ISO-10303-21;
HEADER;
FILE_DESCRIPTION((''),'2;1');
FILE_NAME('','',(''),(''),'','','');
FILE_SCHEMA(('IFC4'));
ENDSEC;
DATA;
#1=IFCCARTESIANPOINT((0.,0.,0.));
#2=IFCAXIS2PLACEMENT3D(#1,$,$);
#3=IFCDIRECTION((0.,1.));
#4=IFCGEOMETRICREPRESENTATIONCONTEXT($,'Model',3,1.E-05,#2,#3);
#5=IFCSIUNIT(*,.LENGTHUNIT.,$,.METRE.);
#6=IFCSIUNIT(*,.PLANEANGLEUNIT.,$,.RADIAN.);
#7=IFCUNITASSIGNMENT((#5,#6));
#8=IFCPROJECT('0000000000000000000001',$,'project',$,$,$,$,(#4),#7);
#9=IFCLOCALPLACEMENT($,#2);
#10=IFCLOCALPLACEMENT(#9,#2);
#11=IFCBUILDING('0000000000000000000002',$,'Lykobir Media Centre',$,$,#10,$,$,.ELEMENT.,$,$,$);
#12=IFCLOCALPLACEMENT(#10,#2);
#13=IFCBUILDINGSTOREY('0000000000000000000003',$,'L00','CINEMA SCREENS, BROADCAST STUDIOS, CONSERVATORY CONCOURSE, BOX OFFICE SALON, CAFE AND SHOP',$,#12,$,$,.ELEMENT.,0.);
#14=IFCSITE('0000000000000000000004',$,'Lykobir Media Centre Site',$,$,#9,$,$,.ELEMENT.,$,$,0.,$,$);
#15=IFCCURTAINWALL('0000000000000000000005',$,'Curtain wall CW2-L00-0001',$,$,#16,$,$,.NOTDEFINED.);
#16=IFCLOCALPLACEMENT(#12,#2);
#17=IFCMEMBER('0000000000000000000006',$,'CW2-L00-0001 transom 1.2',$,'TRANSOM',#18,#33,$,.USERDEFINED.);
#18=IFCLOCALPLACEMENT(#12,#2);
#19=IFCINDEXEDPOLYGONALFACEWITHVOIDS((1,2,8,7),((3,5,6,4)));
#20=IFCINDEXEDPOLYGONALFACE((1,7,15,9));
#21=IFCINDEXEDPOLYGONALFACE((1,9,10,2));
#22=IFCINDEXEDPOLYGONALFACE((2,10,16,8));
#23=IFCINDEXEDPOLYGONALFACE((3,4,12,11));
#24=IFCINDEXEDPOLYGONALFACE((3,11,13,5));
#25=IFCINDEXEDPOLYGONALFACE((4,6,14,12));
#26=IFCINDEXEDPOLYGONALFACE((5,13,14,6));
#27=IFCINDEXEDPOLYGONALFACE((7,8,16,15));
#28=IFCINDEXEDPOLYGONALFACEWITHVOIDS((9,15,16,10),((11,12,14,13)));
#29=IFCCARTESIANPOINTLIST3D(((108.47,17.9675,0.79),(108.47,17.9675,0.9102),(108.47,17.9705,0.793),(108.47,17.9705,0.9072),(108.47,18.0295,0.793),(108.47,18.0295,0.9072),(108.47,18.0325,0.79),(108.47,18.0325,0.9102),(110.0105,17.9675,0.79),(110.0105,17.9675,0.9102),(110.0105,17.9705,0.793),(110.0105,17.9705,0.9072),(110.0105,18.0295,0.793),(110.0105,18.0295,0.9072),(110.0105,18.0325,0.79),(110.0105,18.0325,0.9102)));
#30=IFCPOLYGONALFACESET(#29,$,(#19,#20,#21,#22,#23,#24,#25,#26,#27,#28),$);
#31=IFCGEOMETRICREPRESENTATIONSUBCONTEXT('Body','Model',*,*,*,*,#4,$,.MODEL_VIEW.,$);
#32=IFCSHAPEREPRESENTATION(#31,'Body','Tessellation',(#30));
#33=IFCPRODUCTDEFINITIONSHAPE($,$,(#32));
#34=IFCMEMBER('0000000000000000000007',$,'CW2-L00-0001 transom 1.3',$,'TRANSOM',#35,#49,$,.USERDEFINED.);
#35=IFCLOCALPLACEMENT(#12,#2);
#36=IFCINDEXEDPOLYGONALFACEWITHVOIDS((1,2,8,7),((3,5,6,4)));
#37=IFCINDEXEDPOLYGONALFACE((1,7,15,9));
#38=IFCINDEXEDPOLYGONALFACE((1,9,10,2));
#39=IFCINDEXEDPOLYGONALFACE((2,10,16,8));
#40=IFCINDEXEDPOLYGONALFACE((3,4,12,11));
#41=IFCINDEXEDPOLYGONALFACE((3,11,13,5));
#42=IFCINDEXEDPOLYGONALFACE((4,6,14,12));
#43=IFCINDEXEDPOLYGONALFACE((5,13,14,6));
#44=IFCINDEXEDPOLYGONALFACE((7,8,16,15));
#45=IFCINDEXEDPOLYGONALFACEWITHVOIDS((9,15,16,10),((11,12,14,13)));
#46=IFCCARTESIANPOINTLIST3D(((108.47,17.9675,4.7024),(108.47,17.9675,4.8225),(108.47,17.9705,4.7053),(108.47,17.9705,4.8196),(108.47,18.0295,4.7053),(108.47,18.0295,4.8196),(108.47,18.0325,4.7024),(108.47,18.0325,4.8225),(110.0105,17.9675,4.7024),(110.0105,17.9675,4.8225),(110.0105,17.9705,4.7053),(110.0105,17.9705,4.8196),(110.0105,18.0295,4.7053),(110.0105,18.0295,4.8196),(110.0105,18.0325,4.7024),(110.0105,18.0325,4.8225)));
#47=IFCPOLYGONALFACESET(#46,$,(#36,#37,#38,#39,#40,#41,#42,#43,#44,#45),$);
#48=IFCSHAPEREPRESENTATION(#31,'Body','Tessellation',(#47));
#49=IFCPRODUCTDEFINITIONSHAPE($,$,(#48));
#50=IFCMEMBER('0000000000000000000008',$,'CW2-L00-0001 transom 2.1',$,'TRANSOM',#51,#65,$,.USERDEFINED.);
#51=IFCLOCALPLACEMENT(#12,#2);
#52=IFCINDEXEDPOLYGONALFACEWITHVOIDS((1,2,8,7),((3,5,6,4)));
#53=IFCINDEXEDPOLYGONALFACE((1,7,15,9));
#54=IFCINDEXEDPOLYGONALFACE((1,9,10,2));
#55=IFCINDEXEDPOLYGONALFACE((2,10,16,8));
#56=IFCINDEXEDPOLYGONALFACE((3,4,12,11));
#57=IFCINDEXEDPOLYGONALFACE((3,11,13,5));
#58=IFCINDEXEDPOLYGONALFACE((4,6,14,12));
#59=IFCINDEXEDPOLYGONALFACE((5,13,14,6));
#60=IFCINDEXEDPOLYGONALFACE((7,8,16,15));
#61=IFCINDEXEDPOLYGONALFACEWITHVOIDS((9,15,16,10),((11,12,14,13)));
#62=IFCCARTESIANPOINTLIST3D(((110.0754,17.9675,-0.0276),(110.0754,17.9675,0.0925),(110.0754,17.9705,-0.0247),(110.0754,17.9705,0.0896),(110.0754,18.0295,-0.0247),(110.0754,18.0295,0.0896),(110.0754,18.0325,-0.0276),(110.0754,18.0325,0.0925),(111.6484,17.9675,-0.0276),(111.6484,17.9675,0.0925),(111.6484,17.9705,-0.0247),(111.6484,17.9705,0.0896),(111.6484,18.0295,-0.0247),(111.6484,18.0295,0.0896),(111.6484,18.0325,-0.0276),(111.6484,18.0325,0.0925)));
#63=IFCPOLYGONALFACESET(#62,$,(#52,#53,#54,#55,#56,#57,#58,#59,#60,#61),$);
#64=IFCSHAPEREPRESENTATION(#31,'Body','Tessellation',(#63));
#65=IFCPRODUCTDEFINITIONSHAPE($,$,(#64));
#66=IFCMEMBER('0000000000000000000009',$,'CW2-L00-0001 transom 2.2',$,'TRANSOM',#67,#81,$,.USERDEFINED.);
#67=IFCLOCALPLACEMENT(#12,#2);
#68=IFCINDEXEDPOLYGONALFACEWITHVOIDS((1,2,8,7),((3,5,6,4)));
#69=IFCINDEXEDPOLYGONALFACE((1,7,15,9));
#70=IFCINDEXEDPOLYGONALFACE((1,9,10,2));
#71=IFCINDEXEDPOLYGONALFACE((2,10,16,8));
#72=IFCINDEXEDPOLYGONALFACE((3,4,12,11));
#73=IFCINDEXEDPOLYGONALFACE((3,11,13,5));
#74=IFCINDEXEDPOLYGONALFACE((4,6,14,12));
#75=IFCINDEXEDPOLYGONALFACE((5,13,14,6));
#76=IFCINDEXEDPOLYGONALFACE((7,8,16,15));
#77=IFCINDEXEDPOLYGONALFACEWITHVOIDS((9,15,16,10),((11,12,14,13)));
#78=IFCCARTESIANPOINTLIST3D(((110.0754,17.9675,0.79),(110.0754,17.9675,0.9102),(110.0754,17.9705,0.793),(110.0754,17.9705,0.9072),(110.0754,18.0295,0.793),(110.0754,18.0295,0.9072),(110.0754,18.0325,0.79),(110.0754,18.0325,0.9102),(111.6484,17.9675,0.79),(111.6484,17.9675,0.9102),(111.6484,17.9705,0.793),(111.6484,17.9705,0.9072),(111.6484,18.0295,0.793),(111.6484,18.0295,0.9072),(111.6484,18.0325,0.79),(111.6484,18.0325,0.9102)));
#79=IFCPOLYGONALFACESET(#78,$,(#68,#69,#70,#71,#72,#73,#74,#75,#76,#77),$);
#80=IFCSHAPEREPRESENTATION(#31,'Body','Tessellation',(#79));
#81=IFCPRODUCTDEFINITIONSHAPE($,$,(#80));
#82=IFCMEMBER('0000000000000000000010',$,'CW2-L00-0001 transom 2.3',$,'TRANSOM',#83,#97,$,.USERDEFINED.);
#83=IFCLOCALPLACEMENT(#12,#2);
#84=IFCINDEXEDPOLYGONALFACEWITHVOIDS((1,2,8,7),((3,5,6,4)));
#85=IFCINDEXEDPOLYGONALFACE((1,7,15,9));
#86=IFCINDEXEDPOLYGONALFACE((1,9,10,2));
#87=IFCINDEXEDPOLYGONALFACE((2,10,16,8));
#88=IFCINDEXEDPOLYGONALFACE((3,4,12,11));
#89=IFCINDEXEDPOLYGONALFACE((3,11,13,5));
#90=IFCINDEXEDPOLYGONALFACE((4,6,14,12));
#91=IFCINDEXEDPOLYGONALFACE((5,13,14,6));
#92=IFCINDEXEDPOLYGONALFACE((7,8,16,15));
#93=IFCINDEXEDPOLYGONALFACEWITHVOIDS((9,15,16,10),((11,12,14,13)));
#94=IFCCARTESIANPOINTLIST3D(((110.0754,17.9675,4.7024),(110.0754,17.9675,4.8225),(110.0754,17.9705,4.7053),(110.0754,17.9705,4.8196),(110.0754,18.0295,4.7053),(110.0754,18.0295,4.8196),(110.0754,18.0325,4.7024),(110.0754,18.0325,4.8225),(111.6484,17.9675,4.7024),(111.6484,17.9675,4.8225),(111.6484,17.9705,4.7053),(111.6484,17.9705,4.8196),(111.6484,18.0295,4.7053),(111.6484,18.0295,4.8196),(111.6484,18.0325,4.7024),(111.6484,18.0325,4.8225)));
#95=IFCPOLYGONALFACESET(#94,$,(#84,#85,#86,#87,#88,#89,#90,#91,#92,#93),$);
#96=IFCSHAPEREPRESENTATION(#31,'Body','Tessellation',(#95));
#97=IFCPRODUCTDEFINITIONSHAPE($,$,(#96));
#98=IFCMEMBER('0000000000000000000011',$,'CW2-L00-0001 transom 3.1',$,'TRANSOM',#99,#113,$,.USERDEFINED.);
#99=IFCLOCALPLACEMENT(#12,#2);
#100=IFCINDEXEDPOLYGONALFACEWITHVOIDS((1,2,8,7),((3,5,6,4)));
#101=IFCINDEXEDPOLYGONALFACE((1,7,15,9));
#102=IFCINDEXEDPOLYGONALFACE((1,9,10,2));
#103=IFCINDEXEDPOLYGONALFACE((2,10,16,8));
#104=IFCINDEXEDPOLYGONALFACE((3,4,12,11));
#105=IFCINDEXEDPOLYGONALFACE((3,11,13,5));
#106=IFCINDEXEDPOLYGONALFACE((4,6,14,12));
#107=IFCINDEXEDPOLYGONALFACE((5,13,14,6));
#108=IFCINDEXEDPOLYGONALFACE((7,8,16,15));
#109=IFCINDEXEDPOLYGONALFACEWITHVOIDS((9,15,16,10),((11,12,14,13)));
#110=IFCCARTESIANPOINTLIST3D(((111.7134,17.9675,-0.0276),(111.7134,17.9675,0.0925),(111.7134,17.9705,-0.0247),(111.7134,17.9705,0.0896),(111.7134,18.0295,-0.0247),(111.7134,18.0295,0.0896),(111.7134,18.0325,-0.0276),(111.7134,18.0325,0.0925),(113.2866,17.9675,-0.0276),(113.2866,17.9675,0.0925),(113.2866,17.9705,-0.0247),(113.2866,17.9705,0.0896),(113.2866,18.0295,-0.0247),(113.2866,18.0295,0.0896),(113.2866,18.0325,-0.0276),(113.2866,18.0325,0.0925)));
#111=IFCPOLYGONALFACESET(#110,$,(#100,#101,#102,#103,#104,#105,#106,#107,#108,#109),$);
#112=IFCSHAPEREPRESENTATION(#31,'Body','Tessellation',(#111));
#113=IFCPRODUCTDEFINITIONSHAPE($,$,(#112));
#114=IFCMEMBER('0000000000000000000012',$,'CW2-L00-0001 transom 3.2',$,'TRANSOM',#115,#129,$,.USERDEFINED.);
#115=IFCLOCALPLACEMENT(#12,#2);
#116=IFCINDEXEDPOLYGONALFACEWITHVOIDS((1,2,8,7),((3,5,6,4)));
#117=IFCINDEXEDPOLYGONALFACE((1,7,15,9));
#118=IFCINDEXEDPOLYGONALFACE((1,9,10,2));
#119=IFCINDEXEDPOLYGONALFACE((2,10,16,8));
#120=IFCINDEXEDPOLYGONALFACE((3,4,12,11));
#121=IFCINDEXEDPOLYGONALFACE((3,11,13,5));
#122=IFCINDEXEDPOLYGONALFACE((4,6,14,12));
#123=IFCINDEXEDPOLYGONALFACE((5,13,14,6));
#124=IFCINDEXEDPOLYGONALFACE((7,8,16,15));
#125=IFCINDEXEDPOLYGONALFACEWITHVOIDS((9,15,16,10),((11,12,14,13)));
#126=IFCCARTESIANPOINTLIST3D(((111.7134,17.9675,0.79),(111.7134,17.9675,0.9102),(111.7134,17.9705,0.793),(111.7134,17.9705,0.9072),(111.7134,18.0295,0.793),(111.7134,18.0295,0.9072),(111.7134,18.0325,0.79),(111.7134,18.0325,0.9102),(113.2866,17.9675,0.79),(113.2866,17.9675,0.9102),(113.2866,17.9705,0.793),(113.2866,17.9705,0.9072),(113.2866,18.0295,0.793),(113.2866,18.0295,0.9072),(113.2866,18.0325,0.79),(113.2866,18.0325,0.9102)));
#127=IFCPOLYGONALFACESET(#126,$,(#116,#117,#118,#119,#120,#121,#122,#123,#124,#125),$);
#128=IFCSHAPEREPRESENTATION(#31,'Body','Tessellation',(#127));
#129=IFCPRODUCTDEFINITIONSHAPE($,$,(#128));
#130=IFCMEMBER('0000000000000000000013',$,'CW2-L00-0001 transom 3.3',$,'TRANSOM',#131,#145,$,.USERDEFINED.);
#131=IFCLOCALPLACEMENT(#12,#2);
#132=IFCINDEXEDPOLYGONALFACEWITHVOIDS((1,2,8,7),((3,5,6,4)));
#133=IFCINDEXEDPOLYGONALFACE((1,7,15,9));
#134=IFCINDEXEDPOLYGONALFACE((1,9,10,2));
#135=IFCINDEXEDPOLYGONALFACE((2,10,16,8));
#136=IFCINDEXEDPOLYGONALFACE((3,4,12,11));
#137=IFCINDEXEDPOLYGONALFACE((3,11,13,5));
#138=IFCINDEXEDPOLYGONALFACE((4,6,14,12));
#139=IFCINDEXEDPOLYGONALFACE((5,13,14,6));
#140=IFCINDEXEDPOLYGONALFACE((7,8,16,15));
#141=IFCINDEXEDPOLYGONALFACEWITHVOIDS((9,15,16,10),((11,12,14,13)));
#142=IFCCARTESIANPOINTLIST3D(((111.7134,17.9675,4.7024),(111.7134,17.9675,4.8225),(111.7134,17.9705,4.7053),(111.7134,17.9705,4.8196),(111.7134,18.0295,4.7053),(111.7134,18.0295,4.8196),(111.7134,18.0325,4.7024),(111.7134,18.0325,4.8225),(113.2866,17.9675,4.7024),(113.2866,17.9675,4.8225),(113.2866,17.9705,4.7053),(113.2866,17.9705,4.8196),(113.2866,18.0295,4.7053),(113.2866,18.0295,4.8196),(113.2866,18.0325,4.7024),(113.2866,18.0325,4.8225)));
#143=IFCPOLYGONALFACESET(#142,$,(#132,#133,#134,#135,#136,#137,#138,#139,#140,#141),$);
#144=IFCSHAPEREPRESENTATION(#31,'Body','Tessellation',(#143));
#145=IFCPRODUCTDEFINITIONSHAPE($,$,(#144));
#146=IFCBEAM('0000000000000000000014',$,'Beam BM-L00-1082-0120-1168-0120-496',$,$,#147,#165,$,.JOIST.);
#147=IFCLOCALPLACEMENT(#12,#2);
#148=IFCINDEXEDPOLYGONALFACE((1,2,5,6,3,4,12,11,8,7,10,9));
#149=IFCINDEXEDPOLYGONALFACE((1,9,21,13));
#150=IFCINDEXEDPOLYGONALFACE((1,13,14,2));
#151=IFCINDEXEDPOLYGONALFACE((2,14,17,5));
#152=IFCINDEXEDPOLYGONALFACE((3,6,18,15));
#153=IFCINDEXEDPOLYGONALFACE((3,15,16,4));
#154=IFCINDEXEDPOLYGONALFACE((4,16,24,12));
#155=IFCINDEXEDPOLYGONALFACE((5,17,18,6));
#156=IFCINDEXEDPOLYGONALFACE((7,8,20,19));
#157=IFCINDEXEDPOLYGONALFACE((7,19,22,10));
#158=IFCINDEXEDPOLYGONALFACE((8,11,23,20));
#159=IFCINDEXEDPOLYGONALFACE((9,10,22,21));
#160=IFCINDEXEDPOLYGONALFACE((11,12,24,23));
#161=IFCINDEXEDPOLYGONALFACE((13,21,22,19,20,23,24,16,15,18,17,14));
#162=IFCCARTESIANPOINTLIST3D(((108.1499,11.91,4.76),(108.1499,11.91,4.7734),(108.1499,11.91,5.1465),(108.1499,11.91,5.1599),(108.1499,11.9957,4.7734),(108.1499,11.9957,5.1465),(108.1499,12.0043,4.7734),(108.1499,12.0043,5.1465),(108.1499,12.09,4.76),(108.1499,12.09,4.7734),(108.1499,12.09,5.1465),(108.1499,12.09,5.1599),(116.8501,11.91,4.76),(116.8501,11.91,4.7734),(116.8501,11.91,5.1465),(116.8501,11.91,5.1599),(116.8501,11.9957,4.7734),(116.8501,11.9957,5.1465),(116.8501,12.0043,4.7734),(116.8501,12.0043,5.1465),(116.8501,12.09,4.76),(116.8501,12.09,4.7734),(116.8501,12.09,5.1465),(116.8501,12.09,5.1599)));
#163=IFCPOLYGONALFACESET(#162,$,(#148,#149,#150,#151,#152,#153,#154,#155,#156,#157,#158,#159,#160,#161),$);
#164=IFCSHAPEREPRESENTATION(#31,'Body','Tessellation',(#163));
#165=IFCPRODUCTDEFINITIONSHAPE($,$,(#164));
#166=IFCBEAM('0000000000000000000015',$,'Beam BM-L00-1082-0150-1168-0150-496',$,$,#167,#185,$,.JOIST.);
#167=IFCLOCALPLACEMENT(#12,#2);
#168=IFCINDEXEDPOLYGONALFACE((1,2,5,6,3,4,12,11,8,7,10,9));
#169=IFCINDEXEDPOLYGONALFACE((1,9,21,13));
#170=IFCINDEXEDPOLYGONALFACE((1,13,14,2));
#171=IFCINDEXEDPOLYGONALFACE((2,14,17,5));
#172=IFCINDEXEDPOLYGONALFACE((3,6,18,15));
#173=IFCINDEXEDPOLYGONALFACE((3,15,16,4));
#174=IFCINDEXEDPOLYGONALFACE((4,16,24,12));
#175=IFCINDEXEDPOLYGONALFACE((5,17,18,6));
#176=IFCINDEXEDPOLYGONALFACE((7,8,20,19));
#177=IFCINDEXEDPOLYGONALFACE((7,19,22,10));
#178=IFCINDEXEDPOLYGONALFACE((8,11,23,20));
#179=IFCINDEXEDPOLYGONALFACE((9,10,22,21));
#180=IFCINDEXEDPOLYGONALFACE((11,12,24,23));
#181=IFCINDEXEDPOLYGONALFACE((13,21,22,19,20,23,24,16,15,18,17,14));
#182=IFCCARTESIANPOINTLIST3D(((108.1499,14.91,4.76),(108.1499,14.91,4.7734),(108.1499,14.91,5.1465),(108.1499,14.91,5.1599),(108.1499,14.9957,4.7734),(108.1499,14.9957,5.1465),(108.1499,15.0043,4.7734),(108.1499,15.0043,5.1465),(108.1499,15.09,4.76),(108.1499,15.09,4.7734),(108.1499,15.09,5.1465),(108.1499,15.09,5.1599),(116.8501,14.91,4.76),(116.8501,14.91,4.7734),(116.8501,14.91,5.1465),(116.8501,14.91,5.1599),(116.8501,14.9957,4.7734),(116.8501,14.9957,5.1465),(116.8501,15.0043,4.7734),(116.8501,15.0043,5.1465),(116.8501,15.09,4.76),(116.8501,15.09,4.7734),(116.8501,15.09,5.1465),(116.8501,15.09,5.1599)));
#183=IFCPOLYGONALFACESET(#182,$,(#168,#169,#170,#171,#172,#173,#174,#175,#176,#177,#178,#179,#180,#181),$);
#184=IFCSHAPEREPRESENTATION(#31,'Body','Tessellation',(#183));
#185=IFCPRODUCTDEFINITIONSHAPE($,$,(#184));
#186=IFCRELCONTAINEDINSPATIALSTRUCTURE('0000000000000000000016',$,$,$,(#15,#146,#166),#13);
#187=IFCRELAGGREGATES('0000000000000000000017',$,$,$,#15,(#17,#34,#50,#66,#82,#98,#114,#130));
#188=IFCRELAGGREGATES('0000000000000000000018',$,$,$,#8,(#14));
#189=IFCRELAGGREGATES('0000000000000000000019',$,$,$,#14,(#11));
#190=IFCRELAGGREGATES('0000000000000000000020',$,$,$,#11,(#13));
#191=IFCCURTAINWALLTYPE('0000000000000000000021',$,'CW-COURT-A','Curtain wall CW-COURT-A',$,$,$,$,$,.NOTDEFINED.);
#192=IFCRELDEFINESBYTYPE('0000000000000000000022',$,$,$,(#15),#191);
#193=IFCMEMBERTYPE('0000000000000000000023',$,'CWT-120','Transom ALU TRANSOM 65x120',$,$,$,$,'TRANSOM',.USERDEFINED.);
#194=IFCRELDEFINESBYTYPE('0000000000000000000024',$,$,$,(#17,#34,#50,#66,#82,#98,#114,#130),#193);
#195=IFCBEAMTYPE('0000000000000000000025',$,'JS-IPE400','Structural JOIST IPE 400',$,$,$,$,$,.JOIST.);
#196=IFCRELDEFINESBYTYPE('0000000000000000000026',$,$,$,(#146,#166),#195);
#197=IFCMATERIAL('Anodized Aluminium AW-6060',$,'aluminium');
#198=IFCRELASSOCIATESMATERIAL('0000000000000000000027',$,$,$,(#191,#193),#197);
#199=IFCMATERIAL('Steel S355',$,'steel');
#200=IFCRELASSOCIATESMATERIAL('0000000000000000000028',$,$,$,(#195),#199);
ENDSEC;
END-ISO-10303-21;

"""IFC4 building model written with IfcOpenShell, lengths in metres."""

from ifc_helpers import new_model, si_unit, direction, frame, origin, origin_2d, place, context, subcontext, project, spatial, hollow_rectangle, i_section, extrude, material, material_profile, profile_set, type_object, element, aggregate, save


model = new_model("IFC4")

# Units and contexts
model_context = context("Model", 3, precision=1e-05, world=origin(), true_north=direction((0.0, 1.0)))
body_context = subcontext(model_context, "Body", "Model", "MODEL_VIEW")
ifc_project = project(units=[si_unit("LENGTHUNIT", "METRE"), si_unit("PLANEANGLEUNIT", "RADIAN")], contexts=[model_context])

# Site, building, storey
site_placement = place(None, origin())
site = spatial("IfcSite", under=ifc_project, at=site_placement, Name="Lykobir Media Centre Site", CompositionType="ELEMENT", RefElevation=0.0)
building_placement = place(site_placement, origin())
building = spatial("IfcBuilding", under=site, at=building_placement, Name="Lykobir Media Centre", CompositionType="ELEMENT")
storey_placement = place(building_placement, origin())
storey = spatial("IfcBuildingStorey", under=building, at=storey_placement, Name="L00", Description="CINEMA SCREENS, BROADCAST STUDIOS, CONSERVATORY CONCOURSE, BOX OFFICE SALON, CAFE AND SHOP", CompositionType="ELEMENT", Elevation=0.0)

# Shared definitions
ifc_material_1 = material(Name="Steel S355", Category="steel")

# Curtain wall, members
ifc_material_2 = material(Name="Anodized Aluminium AW-6060", Category="aluminium")
curtain_wall_type = type_object("IfcCurtainWallType", Name="CW-COURT-A", Description="Curtain wall CW-COURT-A", PredefinedType="NOTDEFINED", material=ifc_material_2)
curtain_wall_placement = place(storey_placement, origin())
curtain_wall = element("IfcCurtainWall", 1, at=curtain_wall_placement, inside=storey, type_object=curtain_wall_type, Name="Curtain wall CW2-L00-0001", PredefinedType="NOTDEFINED")
ifc_material_profile_1 = material_profile(ifc_material_2, hollow_rectangle(XDim=0.0649, YDim=0.1201, WallThickness=0.0029, at=origin_2d()), Name="ALU TRANSOM 65x120")
ifc_profile_set_1 = profile_set([ifc_material_profile_1], Name="Anodized Aluminium AW-6060")
member_type_1 = type_object("IfcMemberType", Name="CWT-120", Description="Transom ALU TRANSOM 65x120", ElementType="TRANSOM", PredefinedType="USERDEFINED", material=ifc_profile_set_1)
member_1_placement = place(storey_placement, frame((108.47, 18.0, 0.8501), z_axis=(1.0, 0.0, 0.0), x_axis=(0.0, 1.0, 0.0)))
member_1 = element("IfcMember", 2, at=member_1_placement, type_object=member_type_1, Name="CW2-L00-0001 transom 1.2", ObjectType="TRANSOM", PredefinedType="USERDEFINED", context=body_context, shape_type="SweptSolid", body=[
    extrude(hollow_rectangle(XDim=0.0649, YDim=0.1201, WallThickness=0.0029, at=origin_2d()), origin(), (0.0, 0.0, 1.0), 1.5405),
])
member_2_placement = place(storey_placement, frame((108.47, 18.0, 4.7625), z_axis=(1.0, 0.0, 0.0), x_axis=(0.0, 1.0, 0.0)))
member_2 = element("IfcMember", 3, at=member_2_placement, type_object=member_type_1, Name="CW2-L00-0001 transom 1.3", ObjectType="TRANSOM", PredefinedType="USERDEFINED", context=body_context, shape_type="SweptSolid", body=[
    extrude(hollow_rectangle(XDim=0.0649, YDim=0.1201, WallThickness=0.0029, at=origin_2d()), origin(), (0.0, 0.0, 1.0), 1.5405),
])
member_3_placement = place(storey_placement, frame((110.0754, 18.0, 0.0325), z_axis=(1.0, 0.0, 0.0), x_axis=(0.0, 1.0, 0.0)))
member_3 = element("IfcMember", 4, at=member_3_placement, type_object=member_type_1, Name="CW2-L00-0001 transom 2.1", ObjectType="TRANSOM", PredefinedType="USERDEFINED", context=body_context, shape_type="SweptSolid", body=[
    extrude(hollow_rectangle(XDim=0.0649, YDim=0.1201, WallThickness=0.0029, at=origin_2d()), origin(), (0.0, 0.0, 1.0), 1.573),
])
member_4_placement = place(storey_placement, frame((110.0754, 18.0, 0.8501), z_axis=(1.0, 0.0, 0.0), x_axis=(0.0, 1.0, 0.0)))
member_4 = element("IfcMember", 5, at=member_4_placement, type_object=member_type_1, Name="CW2-L00-0001 transom 2.2", ObjectType="TRANSOM", PredefinedType="USERDEFINED", context=body_context, shape_type="SweptSolid", body=[
    extrude(hollow_rectangle(XDim=0.0649, YDim=0.1201, WallThickness=0.0029, at=origin_2d()), origin(), (0.0, 0.0, 1.0), 1.573),
])
member_5_placement = place(storey_placement, frame((110.0754, 18.0, 4.7625), z_axis=(1.0, 0.0, 0.0), x_axis=(0.0, 1.0, 0.0)))
member_5 = element("IfcMember", 6, at=member_5_placement, type_object=member_type_1, Name="CW2-L00-0001 transom 2.3", ObjectType="TRANSOM", PredefinedType="USERDEFINED", context=body_context, shape_type="SweptSolid", body=[
    extrude(hollow_rectangle(XDim=0.0649, YDim=0.1201, WallThickness=0.0029, at=origin_2d()), origin(), (0.0, 0.0, 1.0), 1.573),
])
member_6_placement = place(storey_placement, frame((111.7134, 18.0, 0.0325), z_axis=(1.0, 0.0, 0.0), x_axis=(0.0, 1.0, 0.0)))
member_6 = element("IfcMember", 7, at=member_6_placement, type_object=member_type_1, Name="CW2-L00-0001 transom 3.1", ObjectType="TRANSOM", PredefinedType="USERDEFINED", context=body_context, shape_type="SweptSolid", body=[
    extrude(hollow_rectangle(XDim=0.0649, YDim=0.1201, WallThickness=0.0029, at=origin_2d()), origin(), (0.0, 0.0, 1.0), 1.5732),
])
member_7_placement = place(storey_placement, frame((111.7134, 18.0, 0.8501), z_axis=(1.0, 0.0, 0.0), x_axis=(0.0, 1.0, 0.0)))
member_7 = element("IfcMember", 8, at=member_7_placement, type_object=member_type_1, Name="CW2-L00-0001 transom 3.2", ObjectType="TRANSOM", PredefinedType="USERDEFINED", context=body_context, shape_type="SweptSolid", body=[
    extrude(hollow_rectangle(XDim=0.0649, YDim=0.1201, WallThickness=0.0029, at=origin_2d()), origin(), (0.0, 0.0, 1.0), 1.5732),
])
member_8_placement = place(storey_placement, frame((111.7134, 18.0, 4.7625), z_axis=(1.0, 0.0, 0.0), x_axis=(0.0, 1.0, 0.0)))
member_8 = element("IfcMember", 9, at=member_8_placement, type_object=member_type_1, Name="CW2-L00-0001 transom 3.3", ObjectType="TRANSOM", PredefinedType="USERDEFINED", context=body_context, shape_type="SweptSolid", body=[
    extrude(hollow_rectangle(XDim=0.0649, YDim=0.1201, WallThickness=0.0029, at=origin_2d()), origin(), (0.0, 0.0, 1.0), 1.5732),
])

# Beams
ifc_material_profile_2 = material_profile(ifc_material_1, i_section(OverallWidth=0.1799, OverallDepth=0.3999, WebThickness=0.0085, FlangeThickness=0.0134, at=origin_2d()), Name="IPE 400")
ifc_profile_set_2 = profile_set([ifc_material_profile_2], Name="Steel S355")
beam_type_1 = type_object("IfcBeamType", Name="JS-IPE400", Description="Structural JOIST IPE 400", PredefinedType="JOIST", material=ifc_profile_set_2)
for number, where, z_axis, x_axis, name in (
    (10, (108.1499, 12.0, 4.96), (1.0, 0.0, 0.0), (0.0, 1.0, 0.0), "Beam BM-L00-1082-0120-1168-0120-496"),
    (11, (108.1499, 15.0, 4.96), (1.0, 0.0, 0.0), (0.0, 1.0, 0.0), "Beam BM-L00-1082-0150-1168-0150-496"),
):
    element("IfcBeam", number, at=place(storey_placement, frame(where, z_axis=z_axis, x_axis=x_axis)), inside=storey, type_object=beam_type_1, Name=name, PredefinedType="JOIST", context=body_context, shape_type="SweptSolid", body=[
        extrude(i_section(OverallWidth=0.1799, OverallDepth=0.3999, WebThickness=0.0085, FlangeThickness=0.0134, at=origin_2d()), origin(), (0.0, 0.0, 1.0), 8.7002),
    ])

aggregate(curtain_wall, [member_1, member_2, member_3, member_4, member_5, member_6, member_7, member_8])

save(model, "model.ifc")
